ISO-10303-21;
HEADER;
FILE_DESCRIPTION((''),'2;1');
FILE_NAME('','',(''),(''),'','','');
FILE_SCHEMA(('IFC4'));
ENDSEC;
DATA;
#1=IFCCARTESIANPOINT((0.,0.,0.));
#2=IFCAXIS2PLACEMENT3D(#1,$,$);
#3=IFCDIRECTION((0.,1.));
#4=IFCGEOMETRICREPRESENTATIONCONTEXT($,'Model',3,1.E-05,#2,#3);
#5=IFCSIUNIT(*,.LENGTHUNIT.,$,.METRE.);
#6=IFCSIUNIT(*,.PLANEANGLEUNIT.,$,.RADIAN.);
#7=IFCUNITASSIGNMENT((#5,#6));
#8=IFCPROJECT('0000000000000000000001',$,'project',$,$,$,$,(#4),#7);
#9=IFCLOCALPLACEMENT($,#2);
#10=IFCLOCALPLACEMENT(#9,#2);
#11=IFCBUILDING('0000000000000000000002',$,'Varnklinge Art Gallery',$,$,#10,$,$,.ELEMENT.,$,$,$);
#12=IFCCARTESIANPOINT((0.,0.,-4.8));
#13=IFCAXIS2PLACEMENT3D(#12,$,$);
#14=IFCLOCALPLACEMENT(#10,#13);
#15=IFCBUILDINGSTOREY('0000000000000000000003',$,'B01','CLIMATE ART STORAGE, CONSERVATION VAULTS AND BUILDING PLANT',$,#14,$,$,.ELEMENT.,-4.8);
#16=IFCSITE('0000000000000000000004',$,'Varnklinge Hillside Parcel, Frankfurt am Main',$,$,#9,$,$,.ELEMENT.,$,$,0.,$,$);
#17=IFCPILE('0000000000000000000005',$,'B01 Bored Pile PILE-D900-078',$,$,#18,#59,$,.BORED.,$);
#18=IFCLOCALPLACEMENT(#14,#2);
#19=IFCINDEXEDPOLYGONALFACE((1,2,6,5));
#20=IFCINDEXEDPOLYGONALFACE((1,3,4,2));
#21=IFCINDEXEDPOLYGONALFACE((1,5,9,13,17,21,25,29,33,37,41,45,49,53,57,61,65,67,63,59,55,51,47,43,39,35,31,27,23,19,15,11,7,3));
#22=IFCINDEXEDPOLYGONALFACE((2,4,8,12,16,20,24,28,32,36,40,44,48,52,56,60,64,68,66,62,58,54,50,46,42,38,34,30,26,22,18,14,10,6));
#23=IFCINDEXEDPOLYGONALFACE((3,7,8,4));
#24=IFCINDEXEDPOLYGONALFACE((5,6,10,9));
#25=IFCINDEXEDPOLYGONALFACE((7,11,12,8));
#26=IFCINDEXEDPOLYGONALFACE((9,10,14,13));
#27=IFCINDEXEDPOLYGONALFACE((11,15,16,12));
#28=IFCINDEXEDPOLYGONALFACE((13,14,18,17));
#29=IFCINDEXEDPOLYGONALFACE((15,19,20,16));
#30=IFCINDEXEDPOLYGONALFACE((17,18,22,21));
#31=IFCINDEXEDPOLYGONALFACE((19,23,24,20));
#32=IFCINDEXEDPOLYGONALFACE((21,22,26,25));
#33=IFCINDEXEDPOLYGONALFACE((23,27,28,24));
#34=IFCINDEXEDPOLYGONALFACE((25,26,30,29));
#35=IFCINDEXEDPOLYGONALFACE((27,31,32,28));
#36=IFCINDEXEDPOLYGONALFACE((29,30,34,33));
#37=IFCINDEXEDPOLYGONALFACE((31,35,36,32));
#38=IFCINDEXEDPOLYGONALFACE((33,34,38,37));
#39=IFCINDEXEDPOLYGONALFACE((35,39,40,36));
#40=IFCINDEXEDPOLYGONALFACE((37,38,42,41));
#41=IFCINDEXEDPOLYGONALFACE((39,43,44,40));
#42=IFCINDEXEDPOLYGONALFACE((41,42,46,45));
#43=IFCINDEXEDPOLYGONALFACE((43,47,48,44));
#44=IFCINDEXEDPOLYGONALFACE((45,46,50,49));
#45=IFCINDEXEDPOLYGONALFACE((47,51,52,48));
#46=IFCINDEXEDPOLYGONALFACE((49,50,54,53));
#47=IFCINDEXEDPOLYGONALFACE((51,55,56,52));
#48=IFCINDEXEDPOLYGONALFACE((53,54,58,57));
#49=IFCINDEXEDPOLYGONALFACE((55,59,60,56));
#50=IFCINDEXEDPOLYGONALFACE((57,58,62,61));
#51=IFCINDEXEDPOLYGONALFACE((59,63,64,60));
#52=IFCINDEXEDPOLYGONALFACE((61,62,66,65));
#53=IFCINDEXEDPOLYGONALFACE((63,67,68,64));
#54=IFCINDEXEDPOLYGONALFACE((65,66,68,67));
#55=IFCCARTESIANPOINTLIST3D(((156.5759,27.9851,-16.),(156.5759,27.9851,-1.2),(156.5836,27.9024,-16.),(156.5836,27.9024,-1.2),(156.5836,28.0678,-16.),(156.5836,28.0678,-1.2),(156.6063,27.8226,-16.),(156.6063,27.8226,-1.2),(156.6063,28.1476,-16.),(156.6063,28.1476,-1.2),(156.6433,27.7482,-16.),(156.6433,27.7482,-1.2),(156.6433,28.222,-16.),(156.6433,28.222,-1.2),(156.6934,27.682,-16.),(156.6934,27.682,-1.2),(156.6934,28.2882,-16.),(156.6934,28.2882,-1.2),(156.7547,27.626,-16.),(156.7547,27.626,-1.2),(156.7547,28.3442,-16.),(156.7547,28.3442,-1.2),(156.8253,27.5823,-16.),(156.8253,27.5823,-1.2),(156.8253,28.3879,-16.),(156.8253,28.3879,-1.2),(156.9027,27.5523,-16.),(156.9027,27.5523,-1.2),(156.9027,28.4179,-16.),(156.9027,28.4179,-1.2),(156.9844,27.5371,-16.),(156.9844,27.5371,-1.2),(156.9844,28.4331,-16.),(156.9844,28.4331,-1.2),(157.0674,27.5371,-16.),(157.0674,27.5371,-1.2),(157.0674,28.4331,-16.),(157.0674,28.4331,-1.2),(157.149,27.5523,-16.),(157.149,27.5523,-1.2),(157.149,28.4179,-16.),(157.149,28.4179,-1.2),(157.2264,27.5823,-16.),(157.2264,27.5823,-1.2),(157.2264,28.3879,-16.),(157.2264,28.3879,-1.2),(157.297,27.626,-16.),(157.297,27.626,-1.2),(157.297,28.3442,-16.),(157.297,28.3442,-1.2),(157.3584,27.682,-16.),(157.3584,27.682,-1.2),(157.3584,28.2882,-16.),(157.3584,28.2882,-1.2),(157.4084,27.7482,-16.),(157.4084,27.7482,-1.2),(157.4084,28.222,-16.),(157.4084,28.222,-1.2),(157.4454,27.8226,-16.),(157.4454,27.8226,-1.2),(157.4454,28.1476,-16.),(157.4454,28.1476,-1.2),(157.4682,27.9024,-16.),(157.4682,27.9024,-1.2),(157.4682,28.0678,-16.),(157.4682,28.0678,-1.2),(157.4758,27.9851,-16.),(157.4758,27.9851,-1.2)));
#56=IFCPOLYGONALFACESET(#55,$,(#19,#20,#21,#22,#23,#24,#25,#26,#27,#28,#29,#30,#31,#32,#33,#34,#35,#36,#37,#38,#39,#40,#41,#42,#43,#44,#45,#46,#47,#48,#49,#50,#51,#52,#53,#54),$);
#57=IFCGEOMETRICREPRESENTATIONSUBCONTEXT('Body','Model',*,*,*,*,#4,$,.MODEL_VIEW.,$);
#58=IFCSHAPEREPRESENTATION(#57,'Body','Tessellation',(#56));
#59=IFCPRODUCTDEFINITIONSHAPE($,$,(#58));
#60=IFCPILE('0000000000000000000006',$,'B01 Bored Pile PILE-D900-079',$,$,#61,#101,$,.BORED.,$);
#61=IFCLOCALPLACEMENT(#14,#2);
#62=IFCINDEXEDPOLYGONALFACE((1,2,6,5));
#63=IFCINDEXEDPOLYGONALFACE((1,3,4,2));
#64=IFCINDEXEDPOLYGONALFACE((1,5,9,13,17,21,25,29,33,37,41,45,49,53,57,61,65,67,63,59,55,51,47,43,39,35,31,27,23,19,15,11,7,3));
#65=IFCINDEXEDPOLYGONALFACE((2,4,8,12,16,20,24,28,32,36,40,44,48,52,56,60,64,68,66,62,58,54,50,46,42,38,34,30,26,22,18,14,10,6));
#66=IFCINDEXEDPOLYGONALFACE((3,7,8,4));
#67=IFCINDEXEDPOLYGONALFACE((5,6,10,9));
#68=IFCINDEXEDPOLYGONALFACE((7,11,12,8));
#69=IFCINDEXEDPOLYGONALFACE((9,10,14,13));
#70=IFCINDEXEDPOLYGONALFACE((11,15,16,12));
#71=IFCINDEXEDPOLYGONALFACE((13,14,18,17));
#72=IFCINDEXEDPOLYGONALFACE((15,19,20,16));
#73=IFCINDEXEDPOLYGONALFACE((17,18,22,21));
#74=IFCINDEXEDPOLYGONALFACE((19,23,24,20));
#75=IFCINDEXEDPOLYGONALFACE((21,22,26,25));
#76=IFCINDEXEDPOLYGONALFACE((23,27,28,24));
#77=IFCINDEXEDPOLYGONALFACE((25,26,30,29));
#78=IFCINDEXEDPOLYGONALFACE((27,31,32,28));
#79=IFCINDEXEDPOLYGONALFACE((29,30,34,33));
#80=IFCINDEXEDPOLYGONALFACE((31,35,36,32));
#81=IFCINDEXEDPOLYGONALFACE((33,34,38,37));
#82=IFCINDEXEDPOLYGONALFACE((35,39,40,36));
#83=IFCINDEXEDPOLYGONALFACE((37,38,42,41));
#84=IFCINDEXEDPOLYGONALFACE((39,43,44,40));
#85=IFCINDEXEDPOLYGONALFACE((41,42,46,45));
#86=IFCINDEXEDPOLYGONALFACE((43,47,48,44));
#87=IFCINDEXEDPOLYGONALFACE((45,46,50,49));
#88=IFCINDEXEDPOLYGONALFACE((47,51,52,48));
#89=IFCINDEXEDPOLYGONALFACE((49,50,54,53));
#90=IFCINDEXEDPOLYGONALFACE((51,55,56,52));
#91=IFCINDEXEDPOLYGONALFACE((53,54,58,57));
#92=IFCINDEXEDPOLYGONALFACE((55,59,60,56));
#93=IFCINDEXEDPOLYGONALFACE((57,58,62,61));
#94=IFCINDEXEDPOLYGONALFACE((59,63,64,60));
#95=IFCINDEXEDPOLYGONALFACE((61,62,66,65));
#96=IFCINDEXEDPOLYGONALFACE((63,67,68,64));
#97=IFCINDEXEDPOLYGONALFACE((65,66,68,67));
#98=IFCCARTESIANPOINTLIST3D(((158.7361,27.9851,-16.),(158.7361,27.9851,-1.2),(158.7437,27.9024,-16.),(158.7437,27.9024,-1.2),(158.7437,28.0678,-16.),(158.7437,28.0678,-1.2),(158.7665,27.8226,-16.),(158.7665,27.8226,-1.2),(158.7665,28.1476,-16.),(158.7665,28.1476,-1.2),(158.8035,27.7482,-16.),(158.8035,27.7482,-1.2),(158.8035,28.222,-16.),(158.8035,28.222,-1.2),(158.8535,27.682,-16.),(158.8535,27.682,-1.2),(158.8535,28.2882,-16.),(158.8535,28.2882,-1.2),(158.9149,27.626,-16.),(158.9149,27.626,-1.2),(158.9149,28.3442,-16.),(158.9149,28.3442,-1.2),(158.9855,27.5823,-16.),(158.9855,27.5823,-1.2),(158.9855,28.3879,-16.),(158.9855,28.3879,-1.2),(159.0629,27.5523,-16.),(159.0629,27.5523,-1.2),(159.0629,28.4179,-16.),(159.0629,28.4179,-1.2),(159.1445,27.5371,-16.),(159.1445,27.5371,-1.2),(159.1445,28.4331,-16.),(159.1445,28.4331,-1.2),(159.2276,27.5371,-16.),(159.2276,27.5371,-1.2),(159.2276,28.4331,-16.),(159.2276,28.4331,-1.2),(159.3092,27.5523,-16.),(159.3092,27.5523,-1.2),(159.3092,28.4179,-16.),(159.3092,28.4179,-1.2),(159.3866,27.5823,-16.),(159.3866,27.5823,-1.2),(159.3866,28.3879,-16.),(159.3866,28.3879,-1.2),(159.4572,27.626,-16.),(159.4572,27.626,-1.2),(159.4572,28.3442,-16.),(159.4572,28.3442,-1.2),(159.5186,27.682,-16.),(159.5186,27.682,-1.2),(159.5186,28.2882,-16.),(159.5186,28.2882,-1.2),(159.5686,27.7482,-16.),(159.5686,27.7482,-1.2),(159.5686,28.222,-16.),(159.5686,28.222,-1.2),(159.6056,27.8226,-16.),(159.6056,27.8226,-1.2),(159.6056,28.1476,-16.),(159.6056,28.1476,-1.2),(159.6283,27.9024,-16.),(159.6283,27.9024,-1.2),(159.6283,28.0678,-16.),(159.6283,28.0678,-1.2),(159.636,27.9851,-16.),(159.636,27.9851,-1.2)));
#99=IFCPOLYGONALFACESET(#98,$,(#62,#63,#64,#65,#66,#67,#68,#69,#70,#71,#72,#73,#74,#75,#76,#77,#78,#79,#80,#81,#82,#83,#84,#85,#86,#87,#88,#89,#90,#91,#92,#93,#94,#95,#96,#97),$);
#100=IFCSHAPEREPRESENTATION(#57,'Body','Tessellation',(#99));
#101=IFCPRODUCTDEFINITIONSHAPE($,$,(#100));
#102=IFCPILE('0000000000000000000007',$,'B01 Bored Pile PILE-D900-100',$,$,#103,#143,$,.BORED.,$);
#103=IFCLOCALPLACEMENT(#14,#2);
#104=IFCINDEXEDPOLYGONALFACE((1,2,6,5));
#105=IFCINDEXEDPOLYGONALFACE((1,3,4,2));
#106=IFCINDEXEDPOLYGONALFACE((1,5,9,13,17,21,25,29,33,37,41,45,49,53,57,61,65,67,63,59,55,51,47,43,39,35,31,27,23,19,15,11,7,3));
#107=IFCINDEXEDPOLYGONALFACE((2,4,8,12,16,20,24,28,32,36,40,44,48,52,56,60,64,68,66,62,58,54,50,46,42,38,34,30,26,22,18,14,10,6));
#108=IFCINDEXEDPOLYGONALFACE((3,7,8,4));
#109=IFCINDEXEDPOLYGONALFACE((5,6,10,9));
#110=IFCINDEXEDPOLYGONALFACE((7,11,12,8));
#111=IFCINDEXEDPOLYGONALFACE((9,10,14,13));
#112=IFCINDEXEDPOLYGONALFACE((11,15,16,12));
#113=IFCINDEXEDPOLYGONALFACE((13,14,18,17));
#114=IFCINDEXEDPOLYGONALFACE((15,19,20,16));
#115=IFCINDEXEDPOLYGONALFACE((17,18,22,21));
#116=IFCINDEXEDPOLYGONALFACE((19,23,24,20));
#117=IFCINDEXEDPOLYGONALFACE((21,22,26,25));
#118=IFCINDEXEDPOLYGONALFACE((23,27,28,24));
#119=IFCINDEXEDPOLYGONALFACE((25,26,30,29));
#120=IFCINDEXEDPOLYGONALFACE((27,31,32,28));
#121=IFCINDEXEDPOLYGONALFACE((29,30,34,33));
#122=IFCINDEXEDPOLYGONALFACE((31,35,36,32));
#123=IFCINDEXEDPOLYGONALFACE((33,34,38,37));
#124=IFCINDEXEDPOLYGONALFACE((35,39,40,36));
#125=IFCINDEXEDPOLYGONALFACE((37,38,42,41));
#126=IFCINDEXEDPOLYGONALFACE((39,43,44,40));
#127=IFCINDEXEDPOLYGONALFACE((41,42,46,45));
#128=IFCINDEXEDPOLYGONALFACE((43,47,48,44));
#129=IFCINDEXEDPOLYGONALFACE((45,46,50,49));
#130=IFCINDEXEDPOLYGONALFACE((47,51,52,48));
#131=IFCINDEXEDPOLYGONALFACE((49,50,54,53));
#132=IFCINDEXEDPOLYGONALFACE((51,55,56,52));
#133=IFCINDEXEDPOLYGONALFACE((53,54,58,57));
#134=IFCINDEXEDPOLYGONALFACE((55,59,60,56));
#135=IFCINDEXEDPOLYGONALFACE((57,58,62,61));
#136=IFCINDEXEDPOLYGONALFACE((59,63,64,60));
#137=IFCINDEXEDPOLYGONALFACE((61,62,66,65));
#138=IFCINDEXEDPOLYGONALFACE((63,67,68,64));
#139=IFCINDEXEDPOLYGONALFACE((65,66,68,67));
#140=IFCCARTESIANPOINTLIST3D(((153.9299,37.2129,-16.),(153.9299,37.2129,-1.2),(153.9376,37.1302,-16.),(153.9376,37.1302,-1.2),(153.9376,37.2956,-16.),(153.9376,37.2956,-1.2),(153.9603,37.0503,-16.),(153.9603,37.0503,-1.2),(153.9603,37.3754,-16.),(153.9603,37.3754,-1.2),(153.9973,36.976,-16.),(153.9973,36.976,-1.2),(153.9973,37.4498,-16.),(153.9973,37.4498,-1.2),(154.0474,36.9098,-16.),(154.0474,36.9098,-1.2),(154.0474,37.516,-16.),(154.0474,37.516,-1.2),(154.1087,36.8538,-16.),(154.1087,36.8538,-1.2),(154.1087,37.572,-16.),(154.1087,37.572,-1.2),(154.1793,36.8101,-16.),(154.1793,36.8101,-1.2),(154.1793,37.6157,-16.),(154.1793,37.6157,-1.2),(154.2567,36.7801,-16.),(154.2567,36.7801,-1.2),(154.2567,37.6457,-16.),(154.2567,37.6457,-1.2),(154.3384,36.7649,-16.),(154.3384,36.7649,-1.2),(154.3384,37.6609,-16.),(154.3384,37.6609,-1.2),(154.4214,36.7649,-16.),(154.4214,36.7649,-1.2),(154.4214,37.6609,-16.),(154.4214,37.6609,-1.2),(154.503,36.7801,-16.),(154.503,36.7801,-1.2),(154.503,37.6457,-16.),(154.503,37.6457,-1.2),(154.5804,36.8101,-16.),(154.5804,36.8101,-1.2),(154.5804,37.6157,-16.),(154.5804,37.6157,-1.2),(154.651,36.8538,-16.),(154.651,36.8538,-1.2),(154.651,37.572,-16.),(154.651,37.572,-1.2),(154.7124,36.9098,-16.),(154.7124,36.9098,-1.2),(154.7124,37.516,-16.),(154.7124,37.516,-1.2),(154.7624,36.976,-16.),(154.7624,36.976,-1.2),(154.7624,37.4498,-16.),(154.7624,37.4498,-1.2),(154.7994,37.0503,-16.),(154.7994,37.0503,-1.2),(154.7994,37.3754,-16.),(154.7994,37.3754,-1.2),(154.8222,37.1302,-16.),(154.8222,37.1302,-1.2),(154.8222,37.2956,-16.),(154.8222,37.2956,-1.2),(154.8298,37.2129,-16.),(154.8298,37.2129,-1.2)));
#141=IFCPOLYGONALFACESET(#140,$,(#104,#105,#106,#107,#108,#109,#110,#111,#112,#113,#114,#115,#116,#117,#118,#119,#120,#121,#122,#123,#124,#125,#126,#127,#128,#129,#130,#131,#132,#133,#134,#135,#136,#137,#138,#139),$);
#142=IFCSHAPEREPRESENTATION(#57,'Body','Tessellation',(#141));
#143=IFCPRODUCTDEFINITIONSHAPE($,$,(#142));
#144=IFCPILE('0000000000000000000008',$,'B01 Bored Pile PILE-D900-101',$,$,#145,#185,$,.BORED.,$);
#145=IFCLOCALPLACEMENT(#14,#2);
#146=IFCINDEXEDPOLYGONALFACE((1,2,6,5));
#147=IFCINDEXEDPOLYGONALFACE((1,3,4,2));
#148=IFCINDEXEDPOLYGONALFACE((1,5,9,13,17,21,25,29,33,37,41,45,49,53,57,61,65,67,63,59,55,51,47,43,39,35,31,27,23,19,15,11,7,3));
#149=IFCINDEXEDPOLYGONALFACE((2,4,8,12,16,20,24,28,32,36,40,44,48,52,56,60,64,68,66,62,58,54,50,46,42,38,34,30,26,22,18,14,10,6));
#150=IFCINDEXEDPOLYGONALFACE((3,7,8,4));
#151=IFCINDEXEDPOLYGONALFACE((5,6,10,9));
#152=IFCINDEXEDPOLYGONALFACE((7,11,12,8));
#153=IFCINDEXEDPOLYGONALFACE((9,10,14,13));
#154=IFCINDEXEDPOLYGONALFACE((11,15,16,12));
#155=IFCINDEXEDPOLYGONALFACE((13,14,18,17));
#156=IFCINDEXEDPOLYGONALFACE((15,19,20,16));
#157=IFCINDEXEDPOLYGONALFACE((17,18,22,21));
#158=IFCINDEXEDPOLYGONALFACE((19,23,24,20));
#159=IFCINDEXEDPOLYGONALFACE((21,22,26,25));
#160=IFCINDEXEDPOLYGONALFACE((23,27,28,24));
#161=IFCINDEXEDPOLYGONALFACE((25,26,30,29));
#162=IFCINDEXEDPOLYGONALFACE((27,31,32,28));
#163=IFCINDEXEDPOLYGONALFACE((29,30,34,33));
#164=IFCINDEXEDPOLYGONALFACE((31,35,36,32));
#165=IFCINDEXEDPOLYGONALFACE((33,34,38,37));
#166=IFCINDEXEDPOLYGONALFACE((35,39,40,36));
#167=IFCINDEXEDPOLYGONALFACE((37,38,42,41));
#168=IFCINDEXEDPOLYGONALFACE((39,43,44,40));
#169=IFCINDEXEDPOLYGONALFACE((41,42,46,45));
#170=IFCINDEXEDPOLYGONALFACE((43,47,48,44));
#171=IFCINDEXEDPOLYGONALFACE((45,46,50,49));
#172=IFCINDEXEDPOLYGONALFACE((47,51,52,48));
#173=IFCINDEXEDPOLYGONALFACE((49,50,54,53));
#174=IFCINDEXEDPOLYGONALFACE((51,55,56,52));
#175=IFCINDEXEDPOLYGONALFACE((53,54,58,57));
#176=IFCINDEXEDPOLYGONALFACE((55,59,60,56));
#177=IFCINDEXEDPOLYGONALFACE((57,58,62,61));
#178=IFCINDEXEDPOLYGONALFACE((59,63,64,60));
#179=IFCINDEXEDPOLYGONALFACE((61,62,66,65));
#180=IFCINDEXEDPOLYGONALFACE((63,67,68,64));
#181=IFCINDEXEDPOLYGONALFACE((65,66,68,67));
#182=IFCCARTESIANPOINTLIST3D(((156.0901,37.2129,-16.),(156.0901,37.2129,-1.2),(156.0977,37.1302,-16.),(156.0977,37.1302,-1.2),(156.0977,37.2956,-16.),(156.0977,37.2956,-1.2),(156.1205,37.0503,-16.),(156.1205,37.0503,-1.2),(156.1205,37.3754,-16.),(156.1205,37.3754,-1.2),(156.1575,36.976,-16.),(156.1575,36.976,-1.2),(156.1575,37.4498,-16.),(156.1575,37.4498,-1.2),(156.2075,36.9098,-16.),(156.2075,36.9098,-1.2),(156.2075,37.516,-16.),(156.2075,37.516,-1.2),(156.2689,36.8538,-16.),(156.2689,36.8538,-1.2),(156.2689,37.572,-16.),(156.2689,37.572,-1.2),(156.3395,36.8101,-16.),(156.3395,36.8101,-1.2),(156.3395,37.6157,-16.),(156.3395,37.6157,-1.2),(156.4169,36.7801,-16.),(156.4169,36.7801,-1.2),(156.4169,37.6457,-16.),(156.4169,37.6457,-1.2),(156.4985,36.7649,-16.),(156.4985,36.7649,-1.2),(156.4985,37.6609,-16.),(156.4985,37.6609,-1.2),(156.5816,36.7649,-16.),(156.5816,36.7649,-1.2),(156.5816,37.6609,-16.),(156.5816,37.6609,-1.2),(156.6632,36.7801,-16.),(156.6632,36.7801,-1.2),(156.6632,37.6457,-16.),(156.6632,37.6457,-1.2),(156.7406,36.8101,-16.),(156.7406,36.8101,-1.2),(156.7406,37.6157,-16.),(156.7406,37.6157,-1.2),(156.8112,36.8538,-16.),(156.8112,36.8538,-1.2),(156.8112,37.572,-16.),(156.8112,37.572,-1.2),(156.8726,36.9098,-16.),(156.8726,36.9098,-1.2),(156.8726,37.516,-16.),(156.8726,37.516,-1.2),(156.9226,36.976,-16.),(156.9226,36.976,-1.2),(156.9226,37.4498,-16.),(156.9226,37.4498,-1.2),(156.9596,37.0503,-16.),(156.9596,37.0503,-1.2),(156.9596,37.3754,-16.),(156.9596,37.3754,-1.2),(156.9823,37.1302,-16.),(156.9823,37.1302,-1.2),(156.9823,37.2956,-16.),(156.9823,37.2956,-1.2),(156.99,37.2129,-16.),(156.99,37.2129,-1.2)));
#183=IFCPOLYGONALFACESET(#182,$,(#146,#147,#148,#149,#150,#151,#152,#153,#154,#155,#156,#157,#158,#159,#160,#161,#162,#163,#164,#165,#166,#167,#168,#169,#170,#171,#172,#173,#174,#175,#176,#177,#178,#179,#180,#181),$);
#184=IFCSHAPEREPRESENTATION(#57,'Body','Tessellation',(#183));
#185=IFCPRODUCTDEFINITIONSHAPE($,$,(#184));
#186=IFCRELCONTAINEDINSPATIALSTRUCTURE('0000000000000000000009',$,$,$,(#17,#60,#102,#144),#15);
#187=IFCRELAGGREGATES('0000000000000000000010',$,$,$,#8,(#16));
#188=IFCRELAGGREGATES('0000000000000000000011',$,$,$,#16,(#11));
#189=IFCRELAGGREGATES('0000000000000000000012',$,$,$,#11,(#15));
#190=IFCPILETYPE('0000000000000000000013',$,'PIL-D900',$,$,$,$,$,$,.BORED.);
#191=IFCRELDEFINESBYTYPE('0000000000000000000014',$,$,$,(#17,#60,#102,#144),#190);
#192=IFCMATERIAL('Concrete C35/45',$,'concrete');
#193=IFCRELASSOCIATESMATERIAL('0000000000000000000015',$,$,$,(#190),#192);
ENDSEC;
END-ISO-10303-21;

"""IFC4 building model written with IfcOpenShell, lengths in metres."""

from ifc_helpers import new_model, si_unit, direction, frame, origin, origin_2d, place, context, subcontext, project, spatial, circle, extrude, material, material_profile, profile_set, type_object, element, save


model = new_model("IFC4")

# Units and contexts
model_context = context("Model", 3, precision=1e-05, world=origin(), true_north=direction((0.0, 1.0)))
body_context = subcontext(model_context, "Body", "Model", "MODEL_VIEW")
ifc_project = project(units=[si_unit("LENGTHUNIT", "METRE"), si_unit("PLANEANGLEUNIT", "RADIAN")], contexts=[model_context])

# Site, building, storey
site_placement = place(None, origin())
site = spatial("IfcSite", under=ifc_project, at=site_placement, Name="Varnklinge Hillside Parcel, Frankfurt am Main", CompositionType="ELEMENT", RefElevation=0.0)
building_placement = place(site_placement, origin())
building = spatial("IfcBuilding", under=site, at=building_placement, Name="Varnklinge Art Gallery", CompositionType="ELEMENT")
storey_placement = place(building_placement, frame((0.0, 0.0, -4.8)))
storey = spatial("IfcBuildingStorey", under=building, at=storey_placement, Name="B01", Description="CLIMATE ART STORAGE, CONSERVATION VAULTS AND BUILDING PLANT", CompositionType="ELEMENT", Elevation=-4.8)

# Piles
ifc_material_1 = material(Name="Concrete C35/45", Category="concrete")
ifc_material_profile_1 = material_profile(ifc_material_1, circle(Radius=0.45, at=origin_2d()), Name="PILE D900")
ifc_profile_set_1 = profile_set([ifc_material_profile_1], Name="Concrete C35/45")
pile_type = type_object("IfcPileType", Name="PIL-D900", PredefinedType="BORED", material=ifc_profile_set_1)
for number, where, z_axis, x_axis, name in (
    (1, (157.0259, 27.9851, -1.2), (0.0, 0.0, -1.0), (1.0, 0.0, 0.0), "B01 Bored Pile PILE-D900-078"),
    (2, (159.186, 27.9851, -1.2), (0.0, 0.0, -1.0), (1.0, 0.0, 0.0), "B01 Bored Pile PILE-D900-079"),
    (3, (154.3799, 37.2129, -1.2), (0.0, 0.0, -1.0), (1.0, 0.0, 0.0), "B01 Bored Pile PILE-D900-100"),
    (4, (156.54, 37.2129, -1.2), (0.0, 0.0, -1.0), (1.0, 0.0, 0.0), "B01 Bored Pile PILE-D900-101"),
):
    element("IfcPile", number, at=place(storey_placement, frame(where, z_axis=z_axis, x_axis=x_axis)), inside=storey, type_object=pile_type, Name=name, PredefinedType="BORED", context=body_context, shape_type="SweptSolid", body=[
        extrude(circle(Radius=0.45, at=origin_2d()), origin(), (0.0, 0.0, 1.0), 14.8),
    ])

save(model, "model.ifc")
